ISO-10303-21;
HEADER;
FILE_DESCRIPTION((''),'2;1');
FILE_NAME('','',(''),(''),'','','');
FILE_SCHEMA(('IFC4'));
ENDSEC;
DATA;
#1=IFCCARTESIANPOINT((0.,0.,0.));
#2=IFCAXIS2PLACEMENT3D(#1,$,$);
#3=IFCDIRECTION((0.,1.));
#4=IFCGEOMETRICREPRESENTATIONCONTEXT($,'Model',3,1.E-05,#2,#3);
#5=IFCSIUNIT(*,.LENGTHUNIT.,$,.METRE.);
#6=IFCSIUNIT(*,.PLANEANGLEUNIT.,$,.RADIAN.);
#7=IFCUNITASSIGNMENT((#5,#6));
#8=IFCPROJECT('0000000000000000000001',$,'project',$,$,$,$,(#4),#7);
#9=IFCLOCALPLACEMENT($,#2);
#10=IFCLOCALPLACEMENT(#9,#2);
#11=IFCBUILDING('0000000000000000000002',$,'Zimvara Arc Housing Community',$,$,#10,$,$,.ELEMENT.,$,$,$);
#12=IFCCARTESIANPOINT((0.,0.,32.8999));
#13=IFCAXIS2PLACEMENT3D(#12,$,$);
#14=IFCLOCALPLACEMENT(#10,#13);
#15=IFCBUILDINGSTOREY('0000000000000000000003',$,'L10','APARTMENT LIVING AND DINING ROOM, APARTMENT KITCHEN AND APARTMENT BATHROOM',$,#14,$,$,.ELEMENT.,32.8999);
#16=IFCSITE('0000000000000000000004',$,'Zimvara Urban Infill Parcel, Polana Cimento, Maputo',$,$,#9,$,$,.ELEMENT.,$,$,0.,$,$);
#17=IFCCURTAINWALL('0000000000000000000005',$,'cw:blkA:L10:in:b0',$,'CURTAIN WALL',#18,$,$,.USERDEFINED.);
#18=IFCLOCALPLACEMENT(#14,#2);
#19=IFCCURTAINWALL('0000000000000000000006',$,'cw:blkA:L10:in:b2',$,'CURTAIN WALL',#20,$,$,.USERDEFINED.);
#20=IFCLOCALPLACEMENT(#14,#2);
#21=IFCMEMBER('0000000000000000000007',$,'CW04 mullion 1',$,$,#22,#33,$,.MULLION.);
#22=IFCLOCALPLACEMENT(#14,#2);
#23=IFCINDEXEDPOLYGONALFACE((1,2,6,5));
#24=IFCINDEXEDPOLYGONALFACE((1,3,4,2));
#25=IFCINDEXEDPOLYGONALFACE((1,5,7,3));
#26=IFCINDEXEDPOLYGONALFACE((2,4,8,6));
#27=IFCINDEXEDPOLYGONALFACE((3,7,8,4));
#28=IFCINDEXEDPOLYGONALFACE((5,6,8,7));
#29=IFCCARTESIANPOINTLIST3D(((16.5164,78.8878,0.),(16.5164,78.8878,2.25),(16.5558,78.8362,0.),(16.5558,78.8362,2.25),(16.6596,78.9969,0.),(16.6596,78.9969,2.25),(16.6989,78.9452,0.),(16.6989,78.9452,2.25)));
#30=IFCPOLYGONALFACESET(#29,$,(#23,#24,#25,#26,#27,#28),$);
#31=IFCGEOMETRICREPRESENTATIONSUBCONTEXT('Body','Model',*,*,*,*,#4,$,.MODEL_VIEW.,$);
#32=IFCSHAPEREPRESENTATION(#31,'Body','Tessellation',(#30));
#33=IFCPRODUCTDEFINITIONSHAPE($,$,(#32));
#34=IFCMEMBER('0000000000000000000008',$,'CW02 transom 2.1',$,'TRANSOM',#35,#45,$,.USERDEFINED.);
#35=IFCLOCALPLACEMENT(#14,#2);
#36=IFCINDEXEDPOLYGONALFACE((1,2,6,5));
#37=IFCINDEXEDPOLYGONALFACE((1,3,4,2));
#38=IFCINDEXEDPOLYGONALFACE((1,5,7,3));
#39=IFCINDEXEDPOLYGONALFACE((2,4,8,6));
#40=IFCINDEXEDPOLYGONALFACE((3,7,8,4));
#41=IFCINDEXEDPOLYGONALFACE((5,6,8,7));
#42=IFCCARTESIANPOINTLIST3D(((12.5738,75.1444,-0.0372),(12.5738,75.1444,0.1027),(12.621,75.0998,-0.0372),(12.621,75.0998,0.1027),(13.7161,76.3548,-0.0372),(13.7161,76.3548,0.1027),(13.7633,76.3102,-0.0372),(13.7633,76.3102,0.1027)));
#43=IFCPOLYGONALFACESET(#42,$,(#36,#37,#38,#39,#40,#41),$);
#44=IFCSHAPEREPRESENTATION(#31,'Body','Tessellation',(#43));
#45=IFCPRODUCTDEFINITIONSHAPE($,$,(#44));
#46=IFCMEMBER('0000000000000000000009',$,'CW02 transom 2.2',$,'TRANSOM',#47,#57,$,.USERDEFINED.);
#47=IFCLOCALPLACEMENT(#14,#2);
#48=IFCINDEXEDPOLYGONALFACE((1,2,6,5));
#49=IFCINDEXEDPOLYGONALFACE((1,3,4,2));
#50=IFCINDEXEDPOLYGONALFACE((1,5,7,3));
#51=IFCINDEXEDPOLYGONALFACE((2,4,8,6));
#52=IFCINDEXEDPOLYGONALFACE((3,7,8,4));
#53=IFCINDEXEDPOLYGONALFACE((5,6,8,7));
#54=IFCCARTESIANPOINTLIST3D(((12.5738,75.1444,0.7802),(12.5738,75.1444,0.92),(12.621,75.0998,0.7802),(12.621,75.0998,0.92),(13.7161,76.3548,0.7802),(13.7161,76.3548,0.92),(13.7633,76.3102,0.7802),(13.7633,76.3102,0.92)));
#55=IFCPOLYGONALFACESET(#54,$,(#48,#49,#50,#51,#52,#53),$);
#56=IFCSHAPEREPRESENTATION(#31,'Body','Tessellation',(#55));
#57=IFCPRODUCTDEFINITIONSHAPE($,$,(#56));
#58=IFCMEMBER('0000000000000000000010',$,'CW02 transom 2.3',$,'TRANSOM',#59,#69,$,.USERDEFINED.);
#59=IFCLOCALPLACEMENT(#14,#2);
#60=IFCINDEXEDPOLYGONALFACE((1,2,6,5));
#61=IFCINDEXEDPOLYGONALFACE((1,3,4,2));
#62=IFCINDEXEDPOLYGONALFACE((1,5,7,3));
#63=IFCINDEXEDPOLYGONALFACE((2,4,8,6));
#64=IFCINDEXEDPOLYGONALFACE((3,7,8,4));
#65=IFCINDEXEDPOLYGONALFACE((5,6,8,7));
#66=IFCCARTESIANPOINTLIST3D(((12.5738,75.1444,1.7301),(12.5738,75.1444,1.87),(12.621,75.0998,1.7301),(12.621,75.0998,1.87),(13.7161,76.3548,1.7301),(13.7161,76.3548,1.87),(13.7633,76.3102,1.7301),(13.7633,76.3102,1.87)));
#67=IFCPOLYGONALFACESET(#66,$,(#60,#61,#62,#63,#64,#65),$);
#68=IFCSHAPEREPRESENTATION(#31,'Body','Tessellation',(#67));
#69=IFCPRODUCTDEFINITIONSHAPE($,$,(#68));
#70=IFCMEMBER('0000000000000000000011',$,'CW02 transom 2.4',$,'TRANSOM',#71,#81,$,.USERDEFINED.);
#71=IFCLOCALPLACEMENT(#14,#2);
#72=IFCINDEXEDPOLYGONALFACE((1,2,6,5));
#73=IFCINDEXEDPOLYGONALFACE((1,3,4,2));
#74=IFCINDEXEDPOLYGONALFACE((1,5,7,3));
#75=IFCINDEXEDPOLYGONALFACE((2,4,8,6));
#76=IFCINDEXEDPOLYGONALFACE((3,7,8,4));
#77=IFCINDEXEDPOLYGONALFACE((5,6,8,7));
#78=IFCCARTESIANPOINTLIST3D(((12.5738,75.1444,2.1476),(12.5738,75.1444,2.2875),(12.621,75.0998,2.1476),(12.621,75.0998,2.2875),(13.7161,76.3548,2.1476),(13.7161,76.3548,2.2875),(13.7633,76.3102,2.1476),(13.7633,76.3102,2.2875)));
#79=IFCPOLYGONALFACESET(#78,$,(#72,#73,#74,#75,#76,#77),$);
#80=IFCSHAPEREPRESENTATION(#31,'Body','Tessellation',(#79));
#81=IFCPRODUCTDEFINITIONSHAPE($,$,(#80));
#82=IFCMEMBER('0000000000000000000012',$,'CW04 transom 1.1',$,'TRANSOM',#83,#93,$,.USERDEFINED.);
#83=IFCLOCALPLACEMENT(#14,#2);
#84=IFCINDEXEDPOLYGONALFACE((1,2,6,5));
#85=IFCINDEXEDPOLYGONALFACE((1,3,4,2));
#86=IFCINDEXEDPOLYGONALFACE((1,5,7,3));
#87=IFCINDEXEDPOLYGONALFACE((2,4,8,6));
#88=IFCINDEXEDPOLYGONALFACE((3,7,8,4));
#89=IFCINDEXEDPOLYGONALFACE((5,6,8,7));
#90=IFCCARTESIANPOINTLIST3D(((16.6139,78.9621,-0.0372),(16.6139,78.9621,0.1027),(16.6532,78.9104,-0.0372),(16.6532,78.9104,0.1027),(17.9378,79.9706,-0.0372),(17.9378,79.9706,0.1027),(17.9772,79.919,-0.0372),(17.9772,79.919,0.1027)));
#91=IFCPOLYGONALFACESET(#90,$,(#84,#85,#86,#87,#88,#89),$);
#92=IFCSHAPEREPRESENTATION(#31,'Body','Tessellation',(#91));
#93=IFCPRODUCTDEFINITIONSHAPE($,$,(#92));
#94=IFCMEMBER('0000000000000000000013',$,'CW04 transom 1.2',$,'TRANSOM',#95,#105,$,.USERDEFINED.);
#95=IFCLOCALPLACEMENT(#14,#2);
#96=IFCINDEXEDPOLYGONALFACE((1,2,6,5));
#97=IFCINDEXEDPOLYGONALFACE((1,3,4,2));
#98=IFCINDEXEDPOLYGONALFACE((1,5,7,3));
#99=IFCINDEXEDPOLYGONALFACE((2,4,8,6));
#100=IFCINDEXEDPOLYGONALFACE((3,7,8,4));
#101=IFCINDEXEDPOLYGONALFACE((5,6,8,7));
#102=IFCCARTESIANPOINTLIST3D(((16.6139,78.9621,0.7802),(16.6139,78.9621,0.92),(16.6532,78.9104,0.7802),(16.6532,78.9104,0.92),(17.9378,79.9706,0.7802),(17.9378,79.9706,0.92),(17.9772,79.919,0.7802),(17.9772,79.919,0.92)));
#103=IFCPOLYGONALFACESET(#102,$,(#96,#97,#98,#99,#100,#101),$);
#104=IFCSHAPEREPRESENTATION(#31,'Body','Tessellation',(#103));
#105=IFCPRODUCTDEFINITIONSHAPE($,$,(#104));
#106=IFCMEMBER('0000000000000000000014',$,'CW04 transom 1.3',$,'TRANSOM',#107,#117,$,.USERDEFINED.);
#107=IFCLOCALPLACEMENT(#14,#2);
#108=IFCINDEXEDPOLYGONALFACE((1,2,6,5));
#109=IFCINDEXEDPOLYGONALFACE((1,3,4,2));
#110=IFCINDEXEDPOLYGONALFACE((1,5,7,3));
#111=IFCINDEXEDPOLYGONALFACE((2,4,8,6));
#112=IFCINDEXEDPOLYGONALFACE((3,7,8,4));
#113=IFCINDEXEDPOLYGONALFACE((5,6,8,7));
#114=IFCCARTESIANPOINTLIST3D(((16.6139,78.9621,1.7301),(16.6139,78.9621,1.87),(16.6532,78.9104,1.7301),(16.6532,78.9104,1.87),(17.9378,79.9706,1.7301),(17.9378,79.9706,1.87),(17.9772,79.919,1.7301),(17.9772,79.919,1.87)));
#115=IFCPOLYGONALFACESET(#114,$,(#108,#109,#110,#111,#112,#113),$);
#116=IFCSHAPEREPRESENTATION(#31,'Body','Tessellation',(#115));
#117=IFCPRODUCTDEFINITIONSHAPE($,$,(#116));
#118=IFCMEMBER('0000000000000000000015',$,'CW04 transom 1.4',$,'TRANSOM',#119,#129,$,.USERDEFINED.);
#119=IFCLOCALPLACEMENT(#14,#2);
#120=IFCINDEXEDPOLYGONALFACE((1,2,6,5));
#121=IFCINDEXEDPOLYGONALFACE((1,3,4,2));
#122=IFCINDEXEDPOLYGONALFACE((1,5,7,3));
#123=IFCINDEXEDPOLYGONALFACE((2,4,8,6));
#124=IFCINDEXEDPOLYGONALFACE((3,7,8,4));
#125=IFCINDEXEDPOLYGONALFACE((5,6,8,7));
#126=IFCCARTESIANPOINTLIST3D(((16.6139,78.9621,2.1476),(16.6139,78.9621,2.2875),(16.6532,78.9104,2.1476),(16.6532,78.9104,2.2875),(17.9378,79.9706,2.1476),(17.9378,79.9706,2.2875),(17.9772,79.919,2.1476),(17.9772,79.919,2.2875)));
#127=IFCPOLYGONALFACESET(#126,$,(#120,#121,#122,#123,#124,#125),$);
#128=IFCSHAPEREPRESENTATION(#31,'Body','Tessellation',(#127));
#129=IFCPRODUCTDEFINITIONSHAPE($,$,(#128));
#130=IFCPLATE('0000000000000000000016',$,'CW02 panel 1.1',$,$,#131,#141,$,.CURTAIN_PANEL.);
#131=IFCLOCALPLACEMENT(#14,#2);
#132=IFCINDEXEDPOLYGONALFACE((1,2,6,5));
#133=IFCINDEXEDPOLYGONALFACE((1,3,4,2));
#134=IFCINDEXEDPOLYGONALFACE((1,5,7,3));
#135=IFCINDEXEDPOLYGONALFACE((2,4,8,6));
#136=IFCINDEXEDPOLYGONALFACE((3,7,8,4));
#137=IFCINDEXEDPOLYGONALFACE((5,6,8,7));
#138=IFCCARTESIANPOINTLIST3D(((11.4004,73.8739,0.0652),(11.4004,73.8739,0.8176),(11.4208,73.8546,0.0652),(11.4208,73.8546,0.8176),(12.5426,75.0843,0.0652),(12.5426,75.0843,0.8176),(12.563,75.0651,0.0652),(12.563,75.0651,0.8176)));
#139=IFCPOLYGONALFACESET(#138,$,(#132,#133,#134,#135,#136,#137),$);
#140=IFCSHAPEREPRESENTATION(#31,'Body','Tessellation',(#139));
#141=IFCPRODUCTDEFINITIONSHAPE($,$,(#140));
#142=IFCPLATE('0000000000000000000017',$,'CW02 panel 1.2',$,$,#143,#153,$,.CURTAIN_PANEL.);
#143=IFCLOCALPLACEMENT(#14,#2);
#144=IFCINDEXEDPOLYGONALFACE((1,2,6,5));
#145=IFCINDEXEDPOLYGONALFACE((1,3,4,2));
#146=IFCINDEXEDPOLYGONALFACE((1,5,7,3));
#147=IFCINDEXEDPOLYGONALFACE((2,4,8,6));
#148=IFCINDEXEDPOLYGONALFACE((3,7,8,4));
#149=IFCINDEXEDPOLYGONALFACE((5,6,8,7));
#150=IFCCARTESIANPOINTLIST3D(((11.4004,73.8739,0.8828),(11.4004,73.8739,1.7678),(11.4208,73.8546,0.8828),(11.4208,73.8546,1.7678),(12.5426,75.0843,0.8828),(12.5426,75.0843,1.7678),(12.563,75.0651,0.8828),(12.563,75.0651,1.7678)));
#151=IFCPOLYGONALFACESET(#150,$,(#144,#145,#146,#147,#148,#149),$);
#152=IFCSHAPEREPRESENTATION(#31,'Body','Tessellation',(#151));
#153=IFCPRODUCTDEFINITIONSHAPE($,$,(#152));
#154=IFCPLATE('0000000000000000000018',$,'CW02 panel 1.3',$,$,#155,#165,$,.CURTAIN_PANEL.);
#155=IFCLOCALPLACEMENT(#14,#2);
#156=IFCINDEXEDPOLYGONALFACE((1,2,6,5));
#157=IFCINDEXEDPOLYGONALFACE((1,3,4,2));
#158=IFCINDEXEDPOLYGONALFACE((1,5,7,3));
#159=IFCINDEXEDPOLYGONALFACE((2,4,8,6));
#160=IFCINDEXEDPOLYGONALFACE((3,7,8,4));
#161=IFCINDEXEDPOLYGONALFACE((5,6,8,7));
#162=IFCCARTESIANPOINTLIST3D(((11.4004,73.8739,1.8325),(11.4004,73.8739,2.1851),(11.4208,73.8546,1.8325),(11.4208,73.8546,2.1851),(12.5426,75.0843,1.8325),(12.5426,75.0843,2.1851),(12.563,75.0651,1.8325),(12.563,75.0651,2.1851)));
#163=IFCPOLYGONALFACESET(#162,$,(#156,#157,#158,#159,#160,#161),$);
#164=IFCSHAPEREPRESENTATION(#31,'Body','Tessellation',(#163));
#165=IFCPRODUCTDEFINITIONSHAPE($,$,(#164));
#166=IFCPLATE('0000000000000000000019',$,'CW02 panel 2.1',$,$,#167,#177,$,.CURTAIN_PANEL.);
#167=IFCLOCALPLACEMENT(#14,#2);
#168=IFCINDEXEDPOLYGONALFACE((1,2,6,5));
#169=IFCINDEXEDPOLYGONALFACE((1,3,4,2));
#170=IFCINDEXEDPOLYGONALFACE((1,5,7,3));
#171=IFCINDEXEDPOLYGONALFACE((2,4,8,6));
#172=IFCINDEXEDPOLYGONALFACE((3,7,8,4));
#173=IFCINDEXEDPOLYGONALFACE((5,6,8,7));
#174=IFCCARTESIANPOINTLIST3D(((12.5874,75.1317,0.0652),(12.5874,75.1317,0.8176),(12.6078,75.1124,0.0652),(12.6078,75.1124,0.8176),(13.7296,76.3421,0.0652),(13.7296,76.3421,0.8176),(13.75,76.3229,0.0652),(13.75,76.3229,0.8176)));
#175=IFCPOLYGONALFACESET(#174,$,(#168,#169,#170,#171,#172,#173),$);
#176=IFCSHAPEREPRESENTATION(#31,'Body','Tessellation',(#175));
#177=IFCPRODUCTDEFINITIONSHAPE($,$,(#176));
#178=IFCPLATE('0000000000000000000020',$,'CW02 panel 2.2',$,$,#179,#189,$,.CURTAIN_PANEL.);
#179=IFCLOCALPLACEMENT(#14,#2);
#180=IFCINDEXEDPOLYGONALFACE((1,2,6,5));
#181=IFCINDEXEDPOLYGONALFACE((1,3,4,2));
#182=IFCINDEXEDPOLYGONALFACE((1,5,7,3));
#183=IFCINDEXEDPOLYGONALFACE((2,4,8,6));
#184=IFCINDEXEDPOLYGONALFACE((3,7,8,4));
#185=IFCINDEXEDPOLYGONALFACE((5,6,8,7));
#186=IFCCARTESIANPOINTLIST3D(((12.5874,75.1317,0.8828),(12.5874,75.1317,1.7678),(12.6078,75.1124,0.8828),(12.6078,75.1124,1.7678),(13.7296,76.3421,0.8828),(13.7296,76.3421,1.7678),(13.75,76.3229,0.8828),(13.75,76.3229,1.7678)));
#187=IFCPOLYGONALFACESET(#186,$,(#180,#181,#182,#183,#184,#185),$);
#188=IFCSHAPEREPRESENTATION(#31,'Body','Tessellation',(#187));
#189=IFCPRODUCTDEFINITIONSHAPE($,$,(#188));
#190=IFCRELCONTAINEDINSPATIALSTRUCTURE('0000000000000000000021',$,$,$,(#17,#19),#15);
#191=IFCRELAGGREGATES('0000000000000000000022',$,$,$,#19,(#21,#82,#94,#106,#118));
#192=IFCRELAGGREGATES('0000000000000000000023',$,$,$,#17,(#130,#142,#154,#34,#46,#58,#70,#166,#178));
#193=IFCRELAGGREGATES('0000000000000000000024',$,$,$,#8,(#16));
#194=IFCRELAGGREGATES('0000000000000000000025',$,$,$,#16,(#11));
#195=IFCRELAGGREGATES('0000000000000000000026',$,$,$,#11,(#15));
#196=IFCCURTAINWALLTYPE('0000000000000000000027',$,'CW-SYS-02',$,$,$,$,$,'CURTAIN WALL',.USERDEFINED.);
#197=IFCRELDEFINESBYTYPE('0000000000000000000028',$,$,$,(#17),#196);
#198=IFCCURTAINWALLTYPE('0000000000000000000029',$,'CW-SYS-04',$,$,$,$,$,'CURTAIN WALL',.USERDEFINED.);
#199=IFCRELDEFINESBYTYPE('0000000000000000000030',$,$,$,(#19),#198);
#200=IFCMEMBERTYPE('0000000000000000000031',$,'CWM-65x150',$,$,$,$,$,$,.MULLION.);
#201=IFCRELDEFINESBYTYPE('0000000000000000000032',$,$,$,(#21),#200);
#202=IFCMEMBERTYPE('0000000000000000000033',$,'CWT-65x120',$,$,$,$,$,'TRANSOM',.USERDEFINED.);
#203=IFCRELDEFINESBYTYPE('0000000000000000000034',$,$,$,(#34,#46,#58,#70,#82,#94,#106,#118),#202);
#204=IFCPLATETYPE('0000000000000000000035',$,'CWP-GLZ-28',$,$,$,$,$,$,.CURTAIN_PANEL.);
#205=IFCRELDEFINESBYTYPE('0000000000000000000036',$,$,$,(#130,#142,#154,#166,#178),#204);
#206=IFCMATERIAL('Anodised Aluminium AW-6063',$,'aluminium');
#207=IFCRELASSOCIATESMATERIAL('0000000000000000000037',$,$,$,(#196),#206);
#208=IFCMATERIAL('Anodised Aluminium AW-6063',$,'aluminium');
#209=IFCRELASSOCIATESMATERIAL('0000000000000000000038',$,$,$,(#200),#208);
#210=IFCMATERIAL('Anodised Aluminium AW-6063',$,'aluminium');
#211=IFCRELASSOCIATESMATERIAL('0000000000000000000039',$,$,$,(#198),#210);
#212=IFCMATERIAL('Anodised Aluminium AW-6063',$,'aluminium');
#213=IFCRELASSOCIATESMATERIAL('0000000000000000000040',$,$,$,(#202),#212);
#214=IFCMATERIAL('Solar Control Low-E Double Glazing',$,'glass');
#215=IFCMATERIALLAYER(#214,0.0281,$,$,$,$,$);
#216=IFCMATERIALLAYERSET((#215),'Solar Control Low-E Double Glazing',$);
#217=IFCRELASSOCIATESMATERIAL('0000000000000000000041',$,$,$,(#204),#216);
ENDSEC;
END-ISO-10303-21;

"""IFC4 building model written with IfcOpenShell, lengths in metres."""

from ifc_helpers import new_model, si_unit, direction, frame, origin, origin_2d, place, context, subcontext, project, spatial, rectangle, extrude, material, layer, layer_set, material_profile, profile_set, type_object, element, aggregate, save


model = new_model("IFC4")

# Units and contexts
model_context = context("Model", 3, precision=1e-05, world=origin(), true_north=direction((0.0, 1.0)))
body_context = subcontext(model_context, "Body", "Model", "MODEL_VIEW")
ifc_project = project(units=[si_unit("LENGTHUNIT", "METRE"), si_unit("PLANEANGLEUNIT", "RADIAN")], contexts=[model_context])

# Site, building, storey
site_placement = place(None, origin())
site = spatial("IfcSite", under=ifc_project, at=site_placement, Name="Zimvara Urban Infill Parcel, Polana Cimento, Maputo", CompositionType="ELEMENT", RefElevation=0.0)
building_placement = place(site_placement, origin())
building = spatial("IfcBuilding", under=site, at=building_placement, Name="Zimvara Arc Housing Community", CompositionType="ELEMENT")
storey_placement = place(building_placement, frame((0.0, 0.0, 32.8999)))
storey = spatial("IfcBuildingStorey", under=building, at=storey_placement, Name="L10", Description="APARTMENT LIVING AND DINING ROOM, APARTMENT KITCHEN AND APARTMENT BATHROOM", CompositionType="ELEMENT", Elevation=32.8999)

# Curtain wall
ifc_material_1 = material(Name="Anodised Aluminium AW-6063", Category="aluminium")
curtain_wall_type_1 = type_object("IfcCurtainWallType", Name="CW-SYS-02", ElementType="CURTAIN WALL", PredefinedType="USERDEFINED", material=ifc_material_1)
curtain_wall_1_placement = place(storey_placement, origin())
curtain_wall_1 = element("IfcCurtainWall", 1, at=curtain_wall_1_placement, inside=storey, type_object=curtain_wall_type_1, Name="cw:blkA:L10:in:b0", ObjectType="CURTAIN WALL", PredefinedType="USERDEFINED")
ifc_material_2 = material(Name="Anodised Aluminium AW-6063", Category="aluminium")
ifc_material_profile_1 = material_profile(ifc_material_2, rectangle(XDim=0.0649, YDim=0.1799, at=origin_2d()), Name="ALU 65x180")
ifc_profile_set_1 = profile_set([ifc_material_profile_1], Name="Anodised Aluminium AW-6063")
member_type_1 = type_object("IfcMemberType", Name="CWM-65x150", PredefinedType="MULLION", material=ifc_profile_set_1)

# Curtain wall, member
ifc_material_3 = material(Name="Anodised Aluminium AW-6063", Category="aluminium")
curtain_wall_type_2 = type_object("IfcCurtainWallType", Name="CW-SYS-04", ElementType="CURTAIN WALL", PredefinedType="USERDEFINED", material=ifc_material_3)
curtain_wall_2_placement = place(storey_placement, origin())
curtain_wall_2 = element("IfcCurtainWall", 2, at=curtain_wall_2_placement, inside=storey, type_object=curtain_wall_type_2, Name="cw:blkA:L10:in:b2", ObjectType="CURTAIN WALL", PredefinedType="USERDEFINED")
member_1_placement = place(storey_placement, frame((16.6077, 78.9165, 0.0), z_axis=(0.0, 0.0, 1.0), x_axis=(-0.605988, 0.795474, 0.0)))
member_1 = element("IfcMember", 3, at=member_1_placement, type_object=member_type_1, Name="CW04 mullion 1", PredefinedType="MULLION", context=body_context, shape_type="SweptSolid", body=[
    extrude(rectangle(XDim=0.0649, YDim=0.1799, at=origin_2d()), origin(), (0.0, 0.0, 1.0), 2.25),
])

# Members
ifc_material_4 = material(Name="Anodised Aluminium AW-6063", Category="aluminium")
ifc_material_profile_2 = material_profile(ifc_material_4, rectangle(XDim=0.0649, YDim=0.1399, at=origin_2d()), Name="ALU 65x140")
ifc_profile_set_2 = profile_set([ifc_material_profile_2], Name="Anodised Aluminium AW-6063")
member_type_2 = type_object("IfcMemberType", Name="CWT-65x120", ElementType="TRANSOM", PredefinedType="USERDEFINED", material=ifc_profile_set_2)
member_2_placement = place(storey_placement, frame((12.5974, 75.1221, 0.0327), z_axis=(0.686348, 0.727273, 0.0), x_axis=(-0.727273, 0.686348, 0.0)))
member_2 = element("IfcMember", 4, at=member_2_placement, type_object=member_type_2, Name="CW02 transom 2.1", ObjectType="TRANSOM", PredefinedType="USERDEFINED", context=body_context, shape_type="SweptSolid", body=[
    extrude(rectangle(XDim=0.0649, YDim=0.1399, at=origin_2d()), origin(), (0.0, 0.0, 1.0), 1.6643),
])
member_3_placement = place(storey_placement, frame((12.5974, 75.1221, 0.8501), z_axis=(0.686348, 0.727273, 0.0), x_axis=(-0.727273, 0.686348, 0.0)))
member_3 = element("IfcMember", 5, at=member_3_placement, type_object=member_type_2, Name="CW02 transom 2.2", ObjectType="TRANSOM", PredefinedType="USERDEFINED", context=body_context, shape_type="SweptSolid", body=[
    extrude(rectangle(XDim=0.0649, YDim=0.1399, at=origin_2d()), origin(), (0.0, 0.0, 1.0), 1.6643),
])
member_4_placement = place(storey_placement, frame((12.5974, 75.1221, 1.8), z_axis=(0.686348, 0.727273, 0.0), x_axis=(-0.727273, 0.686348, 0.0)))
member_4 = element("IfcMember", 6, at=member_4_placement, type_object=member_type_2, Name="CW02 transom 2.3", ObjectType="TRANSOM", PredefinedType="USERDEFINED", context=body_context, shape_type="SweptSolid", body=[
    extrude(rectangle(XDim=0.0649, YDim=0.1399, at=origin_2d()), origin(), (0.0, 0.0, 1.0), 1.6643),
])
member_5_placement = place(storey_placement, frame((12.5974, 75.1221, 2.2175), z_axis=(0.686348, 0.727273, 0.0), x_axis=(-0.727273, 0.686348, 0.0)))
member_5 = element("IfcMember", 7, at=member_5_placement, type_object=member_type_2, Name="CW02 transom 2.4", ObjectType="TRANSOM", PredefinedType="USERDEFINED", context=body_context, shape_type="SweptSolid", body=[
    extrude(rectangle(XDim=0.0649, YDim=0.1399, at=origin_2d()), origin(), (0.0, 0.0, 1.0), 1.6643),
])
member_6_placement = place(storey_placement, frame((16.6335, 78.9363, 0.0327), z_axis=(0.795489, 0.605968, 0.0), x_axis=(-0.605968, 0.795489, 0.0)))
member_6 = element("IfcMember", 8, at=member_6_placement, type_object=member_type_2, Name="CW04 transom 1.1", ObjectType="TRANSOM", PredefinedType="USERDEFINED", context=body_context, shape_type="SweptSolid", body=[
    extrude(rectangle(XDim=0.0649, YDim=0.1399, at=origin_2d()), origin(), (0.0, 0.0, 1.0), 1.6643),
])
member_7_placement = place(storey_placement, frame((16.6335, 78.9363, 0.8501), z_axis=(0.795489, 0.605968, 0.0), x_axis=(-0.605968, 0.795489, 0.0)))
member_7 = element("IfcMember", 9, at=member_7_placement, type_object=member_type_2, Name="CW04 transom 1.2", ObjectType="TRANSOM", PredefinedType="USERDEFINED", context=body_context, shape_type="SweptSolid", body=[
    extrude(rectangle(XDim=0.0649, YDim=0.1399, at=origin_2d()), origin(), (0.0, 0.0, 1.0), 1.6643),
])
member_8_placement = place(storey_placement, frame((16.6335, 78.9363, 1.8), z_axis=(0.795489, 0.605968, 0.0), x_axis=(-0.605968, 0.795489, 0.0)))
member_8 = element("IfcMember", 10, at=member_8_placement, type_object=member_type_2, Name="CW04 transom 1.3", ObjectType="TRANSOM", PredefinedType="USERDEFINED", context=body_context, shape_type="SweptSolid", body=[
    extrude(rectangle(XDim=0.0649, YDim=0.1399, at=origin_2d()), origin(), (0.0, 0.0, 1.0), 1.6643),
])
member_9_placement = place(storey_placement, frame((16.6335, 78.9363, 2.2175), z_axis=(0.795489, 0.605968, 0.0), x_axis=(-0.605968, 0.795489, 0.0)))
member_9 = element("IfcMember", 11, at=member_9_placement, type_object=member_type_2, Name="CW04 transom 1.4", ObjectType="TRANSOM", PredefinedType="USERDEFINED", context=body_context, shape_type="SweptSolid", body=[
    extrude(rectangle(XDim=0.0649, YDim=0.1399, at=origin_2d()), origin(), (0.0, 0.0, 1.0), 1.6643),
])
aggregate(curtain_wall_2, [member_1, member_6, member_7, member_8, member_9])

# Plates
ifc_material_5 = material(Name="Solar Control Low-E Double Glazing", Category="glass")
ifc_layer_1 = layer(ifc_material_5, 0.0281)
ifc_layer_set_1 = layer_set([ifc_layer_1], Name="Solar Control Low-E Double Glazing")
plate_type = type_object("IfcPlateType", Name="CWP-GLZ-28", PredefinedType="CURTAIN_PANEL", material=ifc_layer_set_1)
plate_1_placement = place(storey_placement, frame((11.9817, 74.4695, 0.0652), z_axis=(0.0, 0.0, 1.0), x_axis=(0.686327, 0.727293, 0.0)))
plate_1 = element("IfcPlate", 12, at=plate_1_placement, type_object=plate_type, Name="CW02 panel 1.1", PredefinedType="CURTAIN_PANEL", context=body_context, shape_type="SweptSolid", body=[
    extrude(rectangle(XDim=1.6643, YDim=0.0281, at=origin_2d()), origin(), (0.0, 0.0, 1.0), 0.7524),
])
plate_2_placement = place(storey_placement, frame((11.9817, 74.4695, 0.8828), z_axis=(0.0, 0.0, 1.0), x_axis=(0.686327, 0.727293, 0.0)))
plate_2 = element("IfcPlate", 13, at=plate_2_placement, type_object=plate_type, Name="CW02 panel 1.2", PredefinedType="CURTAIN_PANEL", context=body_context, shape_type="SweptSolid", body=[
    extrude(rectangle(XDim=1.6643, YDim=0.0281, at=origin_2d()), origin(), (0.0, 0.0, 1.0), 0.885),
])
plate_3_placement = place(storey_placement, frame((11.9817, 74.4695, 1.8325), z_axis=(0.0, 0.0, 1.0), x_axis=(0.686327, 0.727293, 0.0)))
plate_3 = element("IfcPlate", 14, at=plate_3_placement, type_object=plate_type, Name="CW02 panel 1.3", PredefinedType="CURTAIN_PANEL", context=body_context, shape_type="SweptSolid", body=[
    extrude(rectangle(XDim=1.6643, YDim=0.0281, at=origin_2d()), origin(), (0.0, 0.0, 1.0), 0.3525),
])
plate_4_placement = place(storey_placement, frame((13.1687, 75.7273, 0.0652), z_axis=(0.0, 0.0, 1.0), x_axis=(0.686327, 0.727293, 0.0)))
plate_4 = element("IfcPlate", 15, at=plate_4_placement, type_object=plate_type, Name="CW02 panel 2.1", PredefinedType="CURTAIN_PANEL", context=body_context, shape_type="SweptSolid", body=[
    extrude(rectangle(XDim=1.6643, YDim=0.0281, at=origin_2d()), origin(), (0.0, 0.0, 1.0), 0.7524),
])
plate_5_placement = place(storey_placement, frame((13.1687, 75.7273, 0.8828), z_axis=(0.0, 0.0, 1.0), x_axis=(0.686327, 0.727293, 0.0)))
plate_5 = element("IfcPlate", 16, at=plate_5_placement, type_object=plate_type, Name="CW02 panel 2.2", PredefinedType="CURTAIN_PANEL", context=body_context, shape_type="SweptSolid", body=[
    extrude(rectangle(XDim=1.6643, YDim=0.0281, at=origin_2d()), origin(), (0.0, 0.0, 1.0), 0.885),
])
aggregate(curtain_wall_1, [plate_1, plate_2, plate_3, member_2, member_3, member_4, member_5, plate_4, plate_5])

save(model, "model.ifc")
